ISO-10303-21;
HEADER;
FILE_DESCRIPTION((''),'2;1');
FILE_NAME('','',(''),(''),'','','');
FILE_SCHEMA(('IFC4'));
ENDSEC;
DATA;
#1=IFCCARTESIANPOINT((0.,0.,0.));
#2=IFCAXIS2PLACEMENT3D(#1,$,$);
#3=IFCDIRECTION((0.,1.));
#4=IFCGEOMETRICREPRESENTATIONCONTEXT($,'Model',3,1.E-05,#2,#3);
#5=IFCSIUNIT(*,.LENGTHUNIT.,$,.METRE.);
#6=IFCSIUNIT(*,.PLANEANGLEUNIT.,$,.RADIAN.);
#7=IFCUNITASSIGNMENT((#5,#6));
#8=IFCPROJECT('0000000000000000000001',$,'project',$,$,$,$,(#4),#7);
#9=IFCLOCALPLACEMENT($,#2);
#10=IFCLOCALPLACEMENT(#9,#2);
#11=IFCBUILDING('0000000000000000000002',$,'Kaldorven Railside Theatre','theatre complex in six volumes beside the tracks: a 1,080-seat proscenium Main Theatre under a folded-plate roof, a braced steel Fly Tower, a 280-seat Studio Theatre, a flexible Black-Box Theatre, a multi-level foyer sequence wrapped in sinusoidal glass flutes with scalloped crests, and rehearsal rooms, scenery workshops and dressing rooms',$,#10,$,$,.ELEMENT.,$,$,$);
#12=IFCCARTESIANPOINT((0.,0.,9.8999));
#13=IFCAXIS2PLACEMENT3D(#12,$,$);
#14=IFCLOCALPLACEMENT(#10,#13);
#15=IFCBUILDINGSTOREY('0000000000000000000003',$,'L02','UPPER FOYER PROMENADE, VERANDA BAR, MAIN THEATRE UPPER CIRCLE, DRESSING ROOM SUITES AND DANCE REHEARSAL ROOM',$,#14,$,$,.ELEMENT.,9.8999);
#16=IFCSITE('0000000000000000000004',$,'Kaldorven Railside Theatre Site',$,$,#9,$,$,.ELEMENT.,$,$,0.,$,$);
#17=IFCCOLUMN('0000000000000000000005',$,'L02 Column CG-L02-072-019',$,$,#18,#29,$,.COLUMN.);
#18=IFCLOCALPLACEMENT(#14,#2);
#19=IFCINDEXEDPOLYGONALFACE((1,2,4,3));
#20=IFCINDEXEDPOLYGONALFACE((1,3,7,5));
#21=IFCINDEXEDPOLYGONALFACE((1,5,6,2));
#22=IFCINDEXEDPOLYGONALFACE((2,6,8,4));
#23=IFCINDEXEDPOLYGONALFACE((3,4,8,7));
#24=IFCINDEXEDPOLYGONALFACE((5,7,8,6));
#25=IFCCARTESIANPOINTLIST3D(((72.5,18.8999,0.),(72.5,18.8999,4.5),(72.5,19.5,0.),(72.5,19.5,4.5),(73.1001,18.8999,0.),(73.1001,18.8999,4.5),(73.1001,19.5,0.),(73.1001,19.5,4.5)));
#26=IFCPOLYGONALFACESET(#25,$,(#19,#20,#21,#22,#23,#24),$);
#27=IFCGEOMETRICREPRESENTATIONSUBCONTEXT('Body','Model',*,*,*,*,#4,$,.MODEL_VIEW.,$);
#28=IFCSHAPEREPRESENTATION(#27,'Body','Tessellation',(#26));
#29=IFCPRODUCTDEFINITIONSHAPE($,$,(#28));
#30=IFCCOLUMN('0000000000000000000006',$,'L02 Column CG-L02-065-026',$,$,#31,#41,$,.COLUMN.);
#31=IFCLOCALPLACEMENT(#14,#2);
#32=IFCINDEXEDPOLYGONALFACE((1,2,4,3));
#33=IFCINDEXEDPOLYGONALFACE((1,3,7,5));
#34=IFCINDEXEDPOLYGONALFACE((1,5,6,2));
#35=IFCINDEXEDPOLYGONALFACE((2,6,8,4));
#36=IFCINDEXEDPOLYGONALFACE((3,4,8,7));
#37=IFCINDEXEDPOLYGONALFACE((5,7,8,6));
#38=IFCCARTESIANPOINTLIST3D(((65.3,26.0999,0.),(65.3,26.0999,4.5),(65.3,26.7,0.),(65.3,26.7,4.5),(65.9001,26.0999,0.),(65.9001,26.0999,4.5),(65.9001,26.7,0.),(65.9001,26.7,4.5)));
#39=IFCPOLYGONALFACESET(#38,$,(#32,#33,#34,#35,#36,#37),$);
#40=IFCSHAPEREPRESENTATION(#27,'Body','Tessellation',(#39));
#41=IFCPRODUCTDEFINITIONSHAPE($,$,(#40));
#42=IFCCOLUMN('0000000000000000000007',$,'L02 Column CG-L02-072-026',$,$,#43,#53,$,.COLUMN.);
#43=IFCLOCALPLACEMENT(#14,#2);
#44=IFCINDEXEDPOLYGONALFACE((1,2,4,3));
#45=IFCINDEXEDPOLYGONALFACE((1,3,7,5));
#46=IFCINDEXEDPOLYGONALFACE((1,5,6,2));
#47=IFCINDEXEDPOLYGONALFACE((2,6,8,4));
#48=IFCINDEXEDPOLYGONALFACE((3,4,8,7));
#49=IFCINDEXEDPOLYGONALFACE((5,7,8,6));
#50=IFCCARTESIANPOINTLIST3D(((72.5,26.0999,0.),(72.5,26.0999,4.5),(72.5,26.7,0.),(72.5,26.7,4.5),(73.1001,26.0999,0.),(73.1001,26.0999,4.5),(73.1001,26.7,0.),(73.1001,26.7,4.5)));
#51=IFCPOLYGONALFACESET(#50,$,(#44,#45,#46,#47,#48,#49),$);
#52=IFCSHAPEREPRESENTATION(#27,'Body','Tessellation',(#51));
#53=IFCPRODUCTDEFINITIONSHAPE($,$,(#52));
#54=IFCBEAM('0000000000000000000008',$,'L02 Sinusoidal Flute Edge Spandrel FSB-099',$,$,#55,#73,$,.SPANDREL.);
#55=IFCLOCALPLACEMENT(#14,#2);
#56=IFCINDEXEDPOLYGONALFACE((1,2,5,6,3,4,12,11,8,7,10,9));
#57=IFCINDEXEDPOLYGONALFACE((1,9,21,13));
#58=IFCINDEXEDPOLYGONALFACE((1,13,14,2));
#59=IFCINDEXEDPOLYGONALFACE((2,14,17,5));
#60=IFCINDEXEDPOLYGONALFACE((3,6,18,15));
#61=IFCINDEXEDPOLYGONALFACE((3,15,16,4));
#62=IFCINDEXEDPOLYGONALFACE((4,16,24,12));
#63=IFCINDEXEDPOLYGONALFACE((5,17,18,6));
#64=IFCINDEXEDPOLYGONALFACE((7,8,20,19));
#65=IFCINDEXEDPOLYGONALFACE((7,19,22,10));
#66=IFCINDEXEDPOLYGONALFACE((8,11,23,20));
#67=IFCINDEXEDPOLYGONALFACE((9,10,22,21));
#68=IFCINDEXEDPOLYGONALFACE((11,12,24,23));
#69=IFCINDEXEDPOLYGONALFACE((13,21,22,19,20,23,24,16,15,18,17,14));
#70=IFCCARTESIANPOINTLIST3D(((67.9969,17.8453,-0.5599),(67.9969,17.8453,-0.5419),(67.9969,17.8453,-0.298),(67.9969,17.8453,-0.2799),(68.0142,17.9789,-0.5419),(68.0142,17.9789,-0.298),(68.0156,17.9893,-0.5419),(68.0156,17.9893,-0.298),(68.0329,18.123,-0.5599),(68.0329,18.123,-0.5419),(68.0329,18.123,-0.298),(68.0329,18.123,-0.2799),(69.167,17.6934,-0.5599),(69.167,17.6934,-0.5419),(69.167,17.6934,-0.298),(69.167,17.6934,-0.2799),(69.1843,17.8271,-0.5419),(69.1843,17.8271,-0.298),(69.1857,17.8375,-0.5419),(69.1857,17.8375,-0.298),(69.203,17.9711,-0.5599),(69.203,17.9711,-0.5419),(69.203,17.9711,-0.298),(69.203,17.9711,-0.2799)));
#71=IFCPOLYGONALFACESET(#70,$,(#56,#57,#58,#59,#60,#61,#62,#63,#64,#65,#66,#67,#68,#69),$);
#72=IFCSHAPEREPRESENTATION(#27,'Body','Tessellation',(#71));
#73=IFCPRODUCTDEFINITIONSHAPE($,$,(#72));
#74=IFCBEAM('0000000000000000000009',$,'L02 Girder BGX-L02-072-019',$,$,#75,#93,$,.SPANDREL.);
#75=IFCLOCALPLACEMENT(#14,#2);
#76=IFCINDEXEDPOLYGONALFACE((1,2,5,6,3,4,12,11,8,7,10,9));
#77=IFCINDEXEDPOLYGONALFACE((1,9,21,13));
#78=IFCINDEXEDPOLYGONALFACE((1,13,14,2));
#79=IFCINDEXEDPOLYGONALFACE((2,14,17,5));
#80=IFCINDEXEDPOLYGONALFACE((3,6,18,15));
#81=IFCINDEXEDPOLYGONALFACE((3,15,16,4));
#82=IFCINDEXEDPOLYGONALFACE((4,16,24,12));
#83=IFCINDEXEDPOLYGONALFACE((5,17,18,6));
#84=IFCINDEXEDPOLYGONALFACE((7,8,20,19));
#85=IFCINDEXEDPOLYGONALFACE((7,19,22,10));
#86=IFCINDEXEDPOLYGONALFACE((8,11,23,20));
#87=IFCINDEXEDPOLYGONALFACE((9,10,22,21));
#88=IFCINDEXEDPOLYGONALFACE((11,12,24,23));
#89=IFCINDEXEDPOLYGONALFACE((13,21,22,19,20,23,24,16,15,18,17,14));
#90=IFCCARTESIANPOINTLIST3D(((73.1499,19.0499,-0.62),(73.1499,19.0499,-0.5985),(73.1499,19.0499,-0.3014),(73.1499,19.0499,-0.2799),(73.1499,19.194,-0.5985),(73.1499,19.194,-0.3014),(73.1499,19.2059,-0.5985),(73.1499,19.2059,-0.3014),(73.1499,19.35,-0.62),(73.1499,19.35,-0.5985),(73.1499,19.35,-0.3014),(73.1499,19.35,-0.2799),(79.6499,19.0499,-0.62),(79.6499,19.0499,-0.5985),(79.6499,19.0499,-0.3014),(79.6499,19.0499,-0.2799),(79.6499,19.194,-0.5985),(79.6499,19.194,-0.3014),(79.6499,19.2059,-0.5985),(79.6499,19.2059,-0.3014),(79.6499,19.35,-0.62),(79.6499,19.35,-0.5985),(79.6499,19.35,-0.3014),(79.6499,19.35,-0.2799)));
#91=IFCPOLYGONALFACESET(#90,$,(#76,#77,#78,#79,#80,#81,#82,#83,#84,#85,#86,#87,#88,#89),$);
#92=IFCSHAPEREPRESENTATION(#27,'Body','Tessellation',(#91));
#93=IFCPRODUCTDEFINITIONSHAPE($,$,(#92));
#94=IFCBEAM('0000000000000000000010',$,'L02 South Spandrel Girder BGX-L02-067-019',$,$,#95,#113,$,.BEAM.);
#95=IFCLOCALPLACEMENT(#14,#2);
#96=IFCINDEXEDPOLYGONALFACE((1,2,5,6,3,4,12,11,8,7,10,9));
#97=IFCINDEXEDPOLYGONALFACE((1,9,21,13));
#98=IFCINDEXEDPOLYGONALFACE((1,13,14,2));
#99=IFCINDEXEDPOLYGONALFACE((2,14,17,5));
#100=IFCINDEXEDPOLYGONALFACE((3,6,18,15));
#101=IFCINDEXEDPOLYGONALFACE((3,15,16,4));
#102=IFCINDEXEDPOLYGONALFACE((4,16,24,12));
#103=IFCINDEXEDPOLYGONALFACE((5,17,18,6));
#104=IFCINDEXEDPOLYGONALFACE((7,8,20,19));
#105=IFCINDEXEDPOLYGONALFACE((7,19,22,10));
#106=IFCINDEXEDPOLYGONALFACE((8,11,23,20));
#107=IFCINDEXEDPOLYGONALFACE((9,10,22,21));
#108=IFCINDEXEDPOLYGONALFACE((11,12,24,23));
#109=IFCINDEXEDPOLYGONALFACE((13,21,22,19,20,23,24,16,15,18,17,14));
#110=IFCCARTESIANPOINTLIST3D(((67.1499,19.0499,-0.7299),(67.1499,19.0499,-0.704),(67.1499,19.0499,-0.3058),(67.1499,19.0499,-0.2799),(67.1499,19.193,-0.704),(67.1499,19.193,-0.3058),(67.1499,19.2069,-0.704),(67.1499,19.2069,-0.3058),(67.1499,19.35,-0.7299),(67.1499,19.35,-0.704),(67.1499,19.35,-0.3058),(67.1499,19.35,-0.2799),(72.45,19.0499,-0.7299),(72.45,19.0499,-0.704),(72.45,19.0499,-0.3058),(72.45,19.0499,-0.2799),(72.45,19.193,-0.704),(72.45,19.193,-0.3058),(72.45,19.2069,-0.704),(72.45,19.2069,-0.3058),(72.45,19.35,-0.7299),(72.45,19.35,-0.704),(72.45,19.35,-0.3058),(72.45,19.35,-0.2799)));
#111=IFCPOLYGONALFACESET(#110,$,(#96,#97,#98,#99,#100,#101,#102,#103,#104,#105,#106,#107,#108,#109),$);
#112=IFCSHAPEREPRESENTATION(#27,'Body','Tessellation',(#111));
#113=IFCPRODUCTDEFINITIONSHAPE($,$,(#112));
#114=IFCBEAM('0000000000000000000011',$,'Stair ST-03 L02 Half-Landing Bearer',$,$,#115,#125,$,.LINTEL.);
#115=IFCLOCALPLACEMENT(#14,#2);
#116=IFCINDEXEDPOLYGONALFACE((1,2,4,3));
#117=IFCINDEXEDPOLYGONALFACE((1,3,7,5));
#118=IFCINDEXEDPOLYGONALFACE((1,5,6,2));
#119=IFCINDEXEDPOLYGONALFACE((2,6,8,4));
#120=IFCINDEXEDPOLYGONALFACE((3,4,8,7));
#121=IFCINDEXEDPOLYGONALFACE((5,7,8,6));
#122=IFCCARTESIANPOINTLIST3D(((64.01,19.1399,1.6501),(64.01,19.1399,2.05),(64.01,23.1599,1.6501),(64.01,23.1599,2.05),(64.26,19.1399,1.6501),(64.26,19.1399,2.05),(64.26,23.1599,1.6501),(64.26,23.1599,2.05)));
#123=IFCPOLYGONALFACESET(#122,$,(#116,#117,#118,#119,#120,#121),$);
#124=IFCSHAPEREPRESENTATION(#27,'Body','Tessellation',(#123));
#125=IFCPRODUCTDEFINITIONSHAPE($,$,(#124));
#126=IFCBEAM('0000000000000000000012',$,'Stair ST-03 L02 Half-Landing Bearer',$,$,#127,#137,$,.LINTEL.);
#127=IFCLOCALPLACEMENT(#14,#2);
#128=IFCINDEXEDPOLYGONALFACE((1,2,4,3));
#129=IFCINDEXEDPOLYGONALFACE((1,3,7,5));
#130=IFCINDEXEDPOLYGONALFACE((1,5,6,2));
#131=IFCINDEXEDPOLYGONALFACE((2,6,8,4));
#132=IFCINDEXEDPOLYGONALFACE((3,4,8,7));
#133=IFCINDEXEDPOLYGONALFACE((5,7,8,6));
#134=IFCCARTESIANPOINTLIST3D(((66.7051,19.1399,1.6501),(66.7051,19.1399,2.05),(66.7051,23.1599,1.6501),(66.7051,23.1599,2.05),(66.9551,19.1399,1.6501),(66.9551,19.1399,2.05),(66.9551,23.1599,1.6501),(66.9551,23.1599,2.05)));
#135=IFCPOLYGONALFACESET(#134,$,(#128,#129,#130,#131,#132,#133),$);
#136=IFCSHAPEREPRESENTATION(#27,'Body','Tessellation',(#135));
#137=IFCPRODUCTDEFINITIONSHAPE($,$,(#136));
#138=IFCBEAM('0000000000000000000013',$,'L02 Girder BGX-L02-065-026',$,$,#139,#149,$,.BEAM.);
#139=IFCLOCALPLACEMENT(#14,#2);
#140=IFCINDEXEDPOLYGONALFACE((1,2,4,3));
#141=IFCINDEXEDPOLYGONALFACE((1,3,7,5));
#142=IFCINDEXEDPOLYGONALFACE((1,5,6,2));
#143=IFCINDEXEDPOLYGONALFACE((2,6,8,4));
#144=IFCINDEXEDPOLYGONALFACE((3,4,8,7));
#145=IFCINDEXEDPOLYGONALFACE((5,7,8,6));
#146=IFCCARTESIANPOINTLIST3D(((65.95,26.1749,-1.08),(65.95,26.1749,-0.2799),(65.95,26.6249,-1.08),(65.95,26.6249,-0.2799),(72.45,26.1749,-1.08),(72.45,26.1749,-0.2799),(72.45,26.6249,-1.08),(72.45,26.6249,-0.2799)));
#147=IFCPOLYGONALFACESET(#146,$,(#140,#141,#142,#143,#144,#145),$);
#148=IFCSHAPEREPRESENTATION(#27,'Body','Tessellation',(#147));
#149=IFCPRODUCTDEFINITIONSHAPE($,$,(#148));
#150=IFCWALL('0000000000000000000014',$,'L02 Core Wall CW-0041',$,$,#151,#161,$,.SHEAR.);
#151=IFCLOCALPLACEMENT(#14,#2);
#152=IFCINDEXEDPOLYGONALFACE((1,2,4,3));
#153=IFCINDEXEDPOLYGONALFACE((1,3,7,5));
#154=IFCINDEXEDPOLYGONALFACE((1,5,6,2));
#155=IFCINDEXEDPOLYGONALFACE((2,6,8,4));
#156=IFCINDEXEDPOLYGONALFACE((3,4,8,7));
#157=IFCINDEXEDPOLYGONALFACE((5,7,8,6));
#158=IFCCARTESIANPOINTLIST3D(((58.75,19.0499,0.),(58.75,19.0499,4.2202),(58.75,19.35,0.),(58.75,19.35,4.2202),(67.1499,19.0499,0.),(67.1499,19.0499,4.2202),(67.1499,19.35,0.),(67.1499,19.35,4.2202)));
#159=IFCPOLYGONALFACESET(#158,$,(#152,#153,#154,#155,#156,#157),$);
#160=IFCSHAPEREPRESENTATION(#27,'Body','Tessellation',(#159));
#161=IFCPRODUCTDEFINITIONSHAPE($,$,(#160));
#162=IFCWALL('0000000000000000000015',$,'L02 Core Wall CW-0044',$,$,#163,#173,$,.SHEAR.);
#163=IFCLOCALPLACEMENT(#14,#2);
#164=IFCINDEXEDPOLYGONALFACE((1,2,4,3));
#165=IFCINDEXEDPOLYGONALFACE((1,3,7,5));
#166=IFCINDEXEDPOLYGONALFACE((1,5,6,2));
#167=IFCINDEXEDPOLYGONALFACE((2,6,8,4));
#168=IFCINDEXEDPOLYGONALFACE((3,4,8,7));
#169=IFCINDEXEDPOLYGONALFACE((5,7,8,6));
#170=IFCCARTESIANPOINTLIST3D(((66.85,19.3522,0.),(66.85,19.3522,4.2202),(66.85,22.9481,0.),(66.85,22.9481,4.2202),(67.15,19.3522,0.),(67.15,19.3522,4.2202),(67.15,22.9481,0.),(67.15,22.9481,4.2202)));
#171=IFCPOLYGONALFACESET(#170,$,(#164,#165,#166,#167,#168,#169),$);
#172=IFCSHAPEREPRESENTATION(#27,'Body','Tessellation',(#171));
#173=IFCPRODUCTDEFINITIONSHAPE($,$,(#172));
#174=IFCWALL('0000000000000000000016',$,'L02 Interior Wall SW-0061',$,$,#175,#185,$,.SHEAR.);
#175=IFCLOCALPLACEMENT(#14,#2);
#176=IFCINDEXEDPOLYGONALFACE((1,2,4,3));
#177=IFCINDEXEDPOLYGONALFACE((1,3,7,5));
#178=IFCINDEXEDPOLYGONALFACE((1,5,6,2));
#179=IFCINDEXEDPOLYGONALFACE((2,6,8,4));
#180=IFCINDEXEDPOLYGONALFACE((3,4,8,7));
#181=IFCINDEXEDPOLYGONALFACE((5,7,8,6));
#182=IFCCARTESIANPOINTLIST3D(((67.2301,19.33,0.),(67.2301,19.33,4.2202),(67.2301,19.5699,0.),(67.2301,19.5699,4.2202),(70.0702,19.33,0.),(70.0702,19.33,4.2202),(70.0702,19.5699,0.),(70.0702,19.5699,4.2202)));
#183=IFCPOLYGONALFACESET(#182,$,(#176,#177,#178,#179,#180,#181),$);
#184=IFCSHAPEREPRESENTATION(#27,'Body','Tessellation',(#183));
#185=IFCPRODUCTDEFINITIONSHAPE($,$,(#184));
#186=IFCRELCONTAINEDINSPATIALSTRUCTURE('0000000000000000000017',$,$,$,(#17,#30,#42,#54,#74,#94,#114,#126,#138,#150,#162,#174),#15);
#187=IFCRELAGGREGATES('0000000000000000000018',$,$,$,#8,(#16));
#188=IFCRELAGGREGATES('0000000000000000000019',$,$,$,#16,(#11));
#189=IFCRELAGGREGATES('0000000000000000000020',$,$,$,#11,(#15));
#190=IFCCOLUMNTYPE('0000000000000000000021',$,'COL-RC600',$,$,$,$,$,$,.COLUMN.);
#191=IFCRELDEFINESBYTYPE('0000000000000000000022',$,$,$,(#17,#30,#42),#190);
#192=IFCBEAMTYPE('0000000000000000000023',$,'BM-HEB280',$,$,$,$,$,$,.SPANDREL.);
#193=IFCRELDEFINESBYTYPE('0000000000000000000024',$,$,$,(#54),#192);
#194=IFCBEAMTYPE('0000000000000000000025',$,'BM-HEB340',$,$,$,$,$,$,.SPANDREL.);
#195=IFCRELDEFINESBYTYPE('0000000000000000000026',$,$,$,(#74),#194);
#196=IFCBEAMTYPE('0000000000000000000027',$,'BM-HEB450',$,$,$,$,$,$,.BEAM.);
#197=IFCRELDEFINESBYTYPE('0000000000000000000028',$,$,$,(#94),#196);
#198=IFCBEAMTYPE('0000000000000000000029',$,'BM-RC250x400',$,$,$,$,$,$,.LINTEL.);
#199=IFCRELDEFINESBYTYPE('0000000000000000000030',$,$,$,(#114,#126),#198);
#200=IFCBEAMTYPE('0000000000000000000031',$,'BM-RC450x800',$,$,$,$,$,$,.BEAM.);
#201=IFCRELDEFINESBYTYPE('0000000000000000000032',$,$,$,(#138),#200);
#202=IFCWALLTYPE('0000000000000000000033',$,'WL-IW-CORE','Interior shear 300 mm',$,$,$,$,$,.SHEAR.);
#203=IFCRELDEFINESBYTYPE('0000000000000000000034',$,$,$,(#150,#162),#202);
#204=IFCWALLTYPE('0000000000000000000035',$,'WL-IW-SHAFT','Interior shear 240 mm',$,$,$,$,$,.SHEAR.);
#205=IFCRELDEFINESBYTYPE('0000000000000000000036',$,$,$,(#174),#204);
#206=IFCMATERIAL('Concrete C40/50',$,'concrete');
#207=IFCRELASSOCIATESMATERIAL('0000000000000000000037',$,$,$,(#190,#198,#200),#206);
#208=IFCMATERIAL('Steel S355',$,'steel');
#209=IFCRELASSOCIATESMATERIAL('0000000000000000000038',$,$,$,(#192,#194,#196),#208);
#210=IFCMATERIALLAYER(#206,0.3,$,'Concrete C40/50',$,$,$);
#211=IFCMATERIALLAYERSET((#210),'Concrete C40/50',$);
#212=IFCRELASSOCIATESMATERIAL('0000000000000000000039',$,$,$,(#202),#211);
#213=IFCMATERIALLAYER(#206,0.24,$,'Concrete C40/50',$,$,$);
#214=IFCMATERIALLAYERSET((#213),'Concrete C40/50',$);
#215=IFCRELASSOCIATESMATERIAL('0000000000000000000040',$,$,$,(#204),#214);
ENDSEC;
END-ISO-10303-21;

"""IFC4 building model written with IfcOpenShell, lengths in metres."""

from ifc_helpers import new_model, si_unit, direction, frame, frame_2d, origin, origin_2d, place, context, subcontext, project, spatial, rectangle, i_section, extrude, material, layer, layer_set, material_profile, profile_set, type_object, element, save


model = new_model("IFC4")

# Units and contexts
model_context = context("Model", 3, precision=1e-05, world=origin(), true_north=direction((0.0, 1.0)))
body_context = subcontext(model_context, "Body", "Model", "MODEL_VIEW")
ifc_project = project(units=[si_unit("LENGTHUNIT", "METRE"), si_unit("PLANEANGLEUNIT", "RADIAN")], contexts=[model_context])

# Site, building, storey
site_placement = place(None, origin())
site = spatial("IfcSite", under=ifc_project, at=site_placement, Name="Kaldorven Railside Theatre Site", CompositionType="ELEMENT", RefElevation=0.0)
building_placement = place(site_placement, origin())
building = spatial("IfcBuilding", under=site, at=building_placement, Name="Kaldorven Railside Theatre", Description="theatre complex in six volumes beside the tracks: a 1,080-seat proscenium Main Theatre under a folded-plate roof, a braced steel Fly Tower, a 280-seat Studio Theatre, a flexible Black-Box Theatre, a multi-level foyer sequence wrapped in sinusoidal glass flutes with scalloped crests, and rehearsal rooms, scenery workshops and dressing rooms", CompositionType="ELEMENT")
storey_placement = place(building_placement, frame((0.0, 0.0, 9.8999)))
storey = spatial("IfcBuildingStorey", under=building, at=storey_placement, Name="L02", Description="UPPER FOYER PROMENADE, VERANDA BAR, MAIN THEATRE UPPER CIRCLE, DRESSING ROOM SUITES AND DANCE REHEARSAL ROOM", CompositionType="ELEMENT", Elevation=9.8999)

# Columns
ifc_material_1 = material(Name="Concrete C40/50", Category="concrete")
ifc_material_profile_1 = material_profile(ifc_material_1, rectangle(XDim=0.6001, YDim=0.6001, at=origin_2d()), Name="RC 600x600")
ifc_profile_set_1 = profile_set([ifc_material_profile_1], Name="Concrete C40/50")
column_type = type_object("IfcColumnType", Name="COL-RC600", PredefinedType="COLUMN", material=ifc_profile_set_1)
for number, where, z_axis, x_axis, name in (
    (1, (72.8, 19.2, 0.0), (0.0, 0.0, 1.0), (1.0, 0.0, 0.0), "L02 Column CG-L02-072-019"),
    (2, (65.6001, 26.3999, 0.0), (0.0, 0.0, 1.0), (1.0, 0.0, 0.0), "L02 Column CG-L02-065-026"),
    (3, (72.8, 26.3999, 0.0), (0.0, 0.0, 1.0), (0.0, 1.0, 0.0), "L02 Column CG-L02-072-026"),
):
    element("IfcColumn", number, at=place(storey_placement, frame(where, z_axis=z_axis, x_axis=x_axis)), inside=storey, type_object=column_type, Name=name, PredefinedType="COLUMN", context=body_context, shape_type="SweptSolid", body=[
        extrude(rectangle(XDim=0.6001, YDim=0.6001, at=origin_2d()), origin(), (0.0, 0.0, 1.0), 4.5),
    ])

# Beams
ifc_material_2 = material(Name="Steel S355", Category="steel")
ifc_material_profile_2 = material_profile(ifc_material_2, i_section(OverallWidth=0.28, OverallDepth=0.28, WebThickness=0.0105, FlangeThickness=0.0181, at=origin_2d()), Name="HEB 280")
ifc_profile_set_2 = profile_set([ifc_material_profile_2], Name="Steel S355")
beam_type_1 = type_object("IfcBeamType", Name="BM-HEB280", PredefinedType="SPANDREL", material=ifc_profile_set_2)
beam_1_placement = place(storey_placement, frame((68.0149, 17.9841, -0.4199), z_axis=(0.991684, -0.128693, 0.0), x_axis=(0.128693, 0.991684, 0.0)))
element("IfcBeam", 4, at=beam_1_placement, inside=storey, type_object=beam_type_1, Name="L02 Sinusoidal Flute Edge Spandrel FSB-099", PredefinedType="SPANDREL", context=body_context, shape_type="SweptSolid", body=[
    extrude(i_section(OverallWidth=0.28, OverallDepth=0.28, WebThickness=0.0105, FlangeThickness=0.0181, at=origin_2d()), origin(), (0.0, 0.0, 1.0), 1.1799),
])
ifc_material_profile_3 = material_profile(ifc_material_2, i_section(OverallWidth=0.3, OverallDepth=0.3401, WebThickness=0.012, FlangeThickness=0.0215, at=origin_2d()), Name="HEB 340")
ifc_profile_set_3 = profile_set([ifc_material_profile_3], Name="Steel S355")
beam_type_2 = type_object("IfcBeamType", Name="BM-HEB340", PredefinedType="SPANDREL", material=ifc_profile_set_3)
beam_2_placement = place(storey_placement, frame((73.1499, 19.2, -0.45), z_axis=(1.0, 0.0, 0.0), x_axis=(0.0, 1.0, 0.0)))
element("IfcBeam", 5, at=beam_2_placement, inside=storey, type_object=beam_type_2, Name="L02 Girder BGX-L02-072-019", PredefinedType="SPANDREL", context=body_context, shape_type="SweptSolid", body=[
    extrude(i_section(OverallWidth=0.3, OverallDepth=0.3401, WebThickness=0.012, FlangeThickness=0.0215, at=origin_2d()), origin(), (0.0, 0.0, 1.0), 6.5),
])
ifc_material_profile_4 = material_profile(ifc_material_2, i_section(OverallWidth=0.3, OverallDepth=0.45, WebThickness=0.0139, FlangeThickness=0.0259, at=origin_2d()), Name="HEB 450")
ifc_profile_set_4 = profile_set([ifc_material_profile_4], Name="Steel S355")
beam_type_3 = type_object("IfcBeamType", Name="BM-HEB450", PredefinedType="BEAM", material=ifc_profile_set_4)
beam_3_placement = place(storey_placement, frame((67.1499, 19.2, -0.5049), z_axis=(1.0, 0.0, 0.0), x_axis=(0.0, 1.0, 0.0)))
element("IfcBeam", 6, at=beam_3_placement, inside=storey, type_object=beam_type_3, Name="L02 South Spandrel Girder BGX-L02-067-019", PredefinedType="BEAM", context=body_context, shape_type="SweptSolid", body=[
    extrude(i_section(OverallWidth=0.3, OverallDepth=0.45, WebThickness=0.0139, FlangeThickness=0.0259, at=origin_2d()), origin(), (0.0, 0.0, 1.0), 5.3),
])
ifc_material_profile_5 = material_profile(ifc_material_1, rectangle(XDim=0.25, YDim=0.3999, at=origin_2d()), Name="RC 250x400")
ifc_profile_set_5 = profile_set([ifc_material_profile_5], Name="Concrete C40/50")
beam_type_4 = type_object("IfcBeamType", Name="BM-RC250x400", PredefinedType="LINTEL", material=ifc_profile_set_5)
for number, where, z_axis, x_axis, name in (
    (7, (64.135, 19.1399, 1.8501), (0.0, 1.0, 0.0), (-1.0, 0.0, 0.0), "Stair ST-03 L02 Half-Landing Bearer"),
    (8, (66.8301, 19.1399, 1.8501), (0.0, 1.0, 0.0), (-1.0, 0.0, 0.0), "Stair ST-03 L02 Half-Landing Bearer"),
):
    element("IfcBeam", number, at=place(storey_placement, frame(where, z_axis=z_axis, x_axis=x_axis)), inside=storey, type_object=beam_type_4, Name=name, PredefinedType="LINTEL", context=body_context, shape_type="SweptSolid", body=[
        extrude(rectangle(XDim=0.25, YDim=0.3999, at=origin_2d()), origin(), (0.0, 0.0, 1.0), 4.02),
    ])
ifc_material_profile_6 = material_profile(ifc_material_1, rectangle(XDim=0.45, YDim=0.8, at=origin_2d()), Name="RC 450x800")
ifc_profile_set_6 = profile_set([ifc_material_profile_6], Name="Concrete C40/50")
beam_type_5 = type_object("IfcBeamType", Name="BM-RC450x800", PredefinedType="BEAM", material=ifc_profile_set_6)
beam_4_placement = place(storey_placement, frame((65.95, 26.3999, -0.6799), z_axis=(1.0, 0.0, 0.0), x_axis=(0.0, 1.0, 0.0)))
element("IfcBeam", 9, at=beam_4_placement, inside=storey, type_object=beam_type_5, Name="L02 Girder BGX-L02-065-026", PredefinedType="BEAM", context=body_context, shape_type="SweptSolid", body=[
    extrude(rectangle(XDim=0.45, YDim=0.8, at=origin_2d()), origin(), (0.0, 0.0, 1.0), 6.5),
])

# Walls
ifc_layer_1 = layer(ifc_material_1, 0.3, Name="Concrete C40/50")
ifc_layer_set_1 = layer_set([ifc_layer_1], Name="Concrete C40/50")
wall_type_1 = type_object("IfcWallType", Name="WL-IW-CORE", Description="Interior shear 300 mm", PredefinedType="SHEAR", material=ifc_layer_set_1)
wall_1_placement = place(storey_placement, frame((67.1499, 19.2, 0.0), z_axis=(0.0, 0.0, 1.0), x_axis=(-1.0, 0.0, 0.0)))
element("IfcWall", 10, at=wall_1_placement, inside=storey, type_object=wall_type_1, Name="L02 Core Wall CW-0041", PredefinedType="SHEAR", context=body_context, shape_type="SweptSolid", body=[
    extrude(rectangle(XDim=8.3999, YDim=0.3, at=frame_2d((4.2, 0.0))), origin(), (0.0, 0.0, 1.0), 4.2202),
])
wall_2_placement = place(storey_placement, frame((67.0, 22.948, 0.0), z_axis=(0.0, 0.0, 1.0), x_axis=(0.0, -1.0, 0.0)))
element("IfcWall", 11, at=wall_2_placement, inside=storey, type_object=wall_type_1, Name="L02 Core Wall CW-0044", PredefinedType="SHEAR", context=body_context, shape_type="SweptSolid", body=[
    extrude(rectangle(XDim=3.5959, YDim=0.3, at=frame_2d((1.7979, 0.0))), origin(), (0.0, 0.0, 1.0), 4.2202),
])
ifc_layer_2 = layer(ifc_material_1, 0.24, Name="Concrete C40/50")
ifc_layer_set_2 = layer_set([ifc_layer_2], Name="Concrete C40/50")
wall_type_2 = type_object("IfcWallType", Name="WL-IW-SHAFT", Description="Interior shear 240 mm", PredefinedType="SHEAR", material=ifc_layer_set_2)
wall_3_placement = place(storey_placement, frame((70.0701, 19.45, 0.0), z_axis=(0.0, 0.0, 1.0), x_axis=(-1.0, 0.0, 0.0)))
element("IfcWall", 12, at=wall_3_placement, inside=storey, type_object=wall_type_2, Name="L02 Interior Wall SW-0061", PredefinedType="SHEAR", context=body_context, shape_type="SweptSolid", body=[
    extrude(rectangle(XDim=2.8401, YDim=0.24, at=frame_2d((1.4199, 0.0))), origin(), (0.0, 0.0, 1.0), 4.2202),
])

save(model, "model.ifc")
